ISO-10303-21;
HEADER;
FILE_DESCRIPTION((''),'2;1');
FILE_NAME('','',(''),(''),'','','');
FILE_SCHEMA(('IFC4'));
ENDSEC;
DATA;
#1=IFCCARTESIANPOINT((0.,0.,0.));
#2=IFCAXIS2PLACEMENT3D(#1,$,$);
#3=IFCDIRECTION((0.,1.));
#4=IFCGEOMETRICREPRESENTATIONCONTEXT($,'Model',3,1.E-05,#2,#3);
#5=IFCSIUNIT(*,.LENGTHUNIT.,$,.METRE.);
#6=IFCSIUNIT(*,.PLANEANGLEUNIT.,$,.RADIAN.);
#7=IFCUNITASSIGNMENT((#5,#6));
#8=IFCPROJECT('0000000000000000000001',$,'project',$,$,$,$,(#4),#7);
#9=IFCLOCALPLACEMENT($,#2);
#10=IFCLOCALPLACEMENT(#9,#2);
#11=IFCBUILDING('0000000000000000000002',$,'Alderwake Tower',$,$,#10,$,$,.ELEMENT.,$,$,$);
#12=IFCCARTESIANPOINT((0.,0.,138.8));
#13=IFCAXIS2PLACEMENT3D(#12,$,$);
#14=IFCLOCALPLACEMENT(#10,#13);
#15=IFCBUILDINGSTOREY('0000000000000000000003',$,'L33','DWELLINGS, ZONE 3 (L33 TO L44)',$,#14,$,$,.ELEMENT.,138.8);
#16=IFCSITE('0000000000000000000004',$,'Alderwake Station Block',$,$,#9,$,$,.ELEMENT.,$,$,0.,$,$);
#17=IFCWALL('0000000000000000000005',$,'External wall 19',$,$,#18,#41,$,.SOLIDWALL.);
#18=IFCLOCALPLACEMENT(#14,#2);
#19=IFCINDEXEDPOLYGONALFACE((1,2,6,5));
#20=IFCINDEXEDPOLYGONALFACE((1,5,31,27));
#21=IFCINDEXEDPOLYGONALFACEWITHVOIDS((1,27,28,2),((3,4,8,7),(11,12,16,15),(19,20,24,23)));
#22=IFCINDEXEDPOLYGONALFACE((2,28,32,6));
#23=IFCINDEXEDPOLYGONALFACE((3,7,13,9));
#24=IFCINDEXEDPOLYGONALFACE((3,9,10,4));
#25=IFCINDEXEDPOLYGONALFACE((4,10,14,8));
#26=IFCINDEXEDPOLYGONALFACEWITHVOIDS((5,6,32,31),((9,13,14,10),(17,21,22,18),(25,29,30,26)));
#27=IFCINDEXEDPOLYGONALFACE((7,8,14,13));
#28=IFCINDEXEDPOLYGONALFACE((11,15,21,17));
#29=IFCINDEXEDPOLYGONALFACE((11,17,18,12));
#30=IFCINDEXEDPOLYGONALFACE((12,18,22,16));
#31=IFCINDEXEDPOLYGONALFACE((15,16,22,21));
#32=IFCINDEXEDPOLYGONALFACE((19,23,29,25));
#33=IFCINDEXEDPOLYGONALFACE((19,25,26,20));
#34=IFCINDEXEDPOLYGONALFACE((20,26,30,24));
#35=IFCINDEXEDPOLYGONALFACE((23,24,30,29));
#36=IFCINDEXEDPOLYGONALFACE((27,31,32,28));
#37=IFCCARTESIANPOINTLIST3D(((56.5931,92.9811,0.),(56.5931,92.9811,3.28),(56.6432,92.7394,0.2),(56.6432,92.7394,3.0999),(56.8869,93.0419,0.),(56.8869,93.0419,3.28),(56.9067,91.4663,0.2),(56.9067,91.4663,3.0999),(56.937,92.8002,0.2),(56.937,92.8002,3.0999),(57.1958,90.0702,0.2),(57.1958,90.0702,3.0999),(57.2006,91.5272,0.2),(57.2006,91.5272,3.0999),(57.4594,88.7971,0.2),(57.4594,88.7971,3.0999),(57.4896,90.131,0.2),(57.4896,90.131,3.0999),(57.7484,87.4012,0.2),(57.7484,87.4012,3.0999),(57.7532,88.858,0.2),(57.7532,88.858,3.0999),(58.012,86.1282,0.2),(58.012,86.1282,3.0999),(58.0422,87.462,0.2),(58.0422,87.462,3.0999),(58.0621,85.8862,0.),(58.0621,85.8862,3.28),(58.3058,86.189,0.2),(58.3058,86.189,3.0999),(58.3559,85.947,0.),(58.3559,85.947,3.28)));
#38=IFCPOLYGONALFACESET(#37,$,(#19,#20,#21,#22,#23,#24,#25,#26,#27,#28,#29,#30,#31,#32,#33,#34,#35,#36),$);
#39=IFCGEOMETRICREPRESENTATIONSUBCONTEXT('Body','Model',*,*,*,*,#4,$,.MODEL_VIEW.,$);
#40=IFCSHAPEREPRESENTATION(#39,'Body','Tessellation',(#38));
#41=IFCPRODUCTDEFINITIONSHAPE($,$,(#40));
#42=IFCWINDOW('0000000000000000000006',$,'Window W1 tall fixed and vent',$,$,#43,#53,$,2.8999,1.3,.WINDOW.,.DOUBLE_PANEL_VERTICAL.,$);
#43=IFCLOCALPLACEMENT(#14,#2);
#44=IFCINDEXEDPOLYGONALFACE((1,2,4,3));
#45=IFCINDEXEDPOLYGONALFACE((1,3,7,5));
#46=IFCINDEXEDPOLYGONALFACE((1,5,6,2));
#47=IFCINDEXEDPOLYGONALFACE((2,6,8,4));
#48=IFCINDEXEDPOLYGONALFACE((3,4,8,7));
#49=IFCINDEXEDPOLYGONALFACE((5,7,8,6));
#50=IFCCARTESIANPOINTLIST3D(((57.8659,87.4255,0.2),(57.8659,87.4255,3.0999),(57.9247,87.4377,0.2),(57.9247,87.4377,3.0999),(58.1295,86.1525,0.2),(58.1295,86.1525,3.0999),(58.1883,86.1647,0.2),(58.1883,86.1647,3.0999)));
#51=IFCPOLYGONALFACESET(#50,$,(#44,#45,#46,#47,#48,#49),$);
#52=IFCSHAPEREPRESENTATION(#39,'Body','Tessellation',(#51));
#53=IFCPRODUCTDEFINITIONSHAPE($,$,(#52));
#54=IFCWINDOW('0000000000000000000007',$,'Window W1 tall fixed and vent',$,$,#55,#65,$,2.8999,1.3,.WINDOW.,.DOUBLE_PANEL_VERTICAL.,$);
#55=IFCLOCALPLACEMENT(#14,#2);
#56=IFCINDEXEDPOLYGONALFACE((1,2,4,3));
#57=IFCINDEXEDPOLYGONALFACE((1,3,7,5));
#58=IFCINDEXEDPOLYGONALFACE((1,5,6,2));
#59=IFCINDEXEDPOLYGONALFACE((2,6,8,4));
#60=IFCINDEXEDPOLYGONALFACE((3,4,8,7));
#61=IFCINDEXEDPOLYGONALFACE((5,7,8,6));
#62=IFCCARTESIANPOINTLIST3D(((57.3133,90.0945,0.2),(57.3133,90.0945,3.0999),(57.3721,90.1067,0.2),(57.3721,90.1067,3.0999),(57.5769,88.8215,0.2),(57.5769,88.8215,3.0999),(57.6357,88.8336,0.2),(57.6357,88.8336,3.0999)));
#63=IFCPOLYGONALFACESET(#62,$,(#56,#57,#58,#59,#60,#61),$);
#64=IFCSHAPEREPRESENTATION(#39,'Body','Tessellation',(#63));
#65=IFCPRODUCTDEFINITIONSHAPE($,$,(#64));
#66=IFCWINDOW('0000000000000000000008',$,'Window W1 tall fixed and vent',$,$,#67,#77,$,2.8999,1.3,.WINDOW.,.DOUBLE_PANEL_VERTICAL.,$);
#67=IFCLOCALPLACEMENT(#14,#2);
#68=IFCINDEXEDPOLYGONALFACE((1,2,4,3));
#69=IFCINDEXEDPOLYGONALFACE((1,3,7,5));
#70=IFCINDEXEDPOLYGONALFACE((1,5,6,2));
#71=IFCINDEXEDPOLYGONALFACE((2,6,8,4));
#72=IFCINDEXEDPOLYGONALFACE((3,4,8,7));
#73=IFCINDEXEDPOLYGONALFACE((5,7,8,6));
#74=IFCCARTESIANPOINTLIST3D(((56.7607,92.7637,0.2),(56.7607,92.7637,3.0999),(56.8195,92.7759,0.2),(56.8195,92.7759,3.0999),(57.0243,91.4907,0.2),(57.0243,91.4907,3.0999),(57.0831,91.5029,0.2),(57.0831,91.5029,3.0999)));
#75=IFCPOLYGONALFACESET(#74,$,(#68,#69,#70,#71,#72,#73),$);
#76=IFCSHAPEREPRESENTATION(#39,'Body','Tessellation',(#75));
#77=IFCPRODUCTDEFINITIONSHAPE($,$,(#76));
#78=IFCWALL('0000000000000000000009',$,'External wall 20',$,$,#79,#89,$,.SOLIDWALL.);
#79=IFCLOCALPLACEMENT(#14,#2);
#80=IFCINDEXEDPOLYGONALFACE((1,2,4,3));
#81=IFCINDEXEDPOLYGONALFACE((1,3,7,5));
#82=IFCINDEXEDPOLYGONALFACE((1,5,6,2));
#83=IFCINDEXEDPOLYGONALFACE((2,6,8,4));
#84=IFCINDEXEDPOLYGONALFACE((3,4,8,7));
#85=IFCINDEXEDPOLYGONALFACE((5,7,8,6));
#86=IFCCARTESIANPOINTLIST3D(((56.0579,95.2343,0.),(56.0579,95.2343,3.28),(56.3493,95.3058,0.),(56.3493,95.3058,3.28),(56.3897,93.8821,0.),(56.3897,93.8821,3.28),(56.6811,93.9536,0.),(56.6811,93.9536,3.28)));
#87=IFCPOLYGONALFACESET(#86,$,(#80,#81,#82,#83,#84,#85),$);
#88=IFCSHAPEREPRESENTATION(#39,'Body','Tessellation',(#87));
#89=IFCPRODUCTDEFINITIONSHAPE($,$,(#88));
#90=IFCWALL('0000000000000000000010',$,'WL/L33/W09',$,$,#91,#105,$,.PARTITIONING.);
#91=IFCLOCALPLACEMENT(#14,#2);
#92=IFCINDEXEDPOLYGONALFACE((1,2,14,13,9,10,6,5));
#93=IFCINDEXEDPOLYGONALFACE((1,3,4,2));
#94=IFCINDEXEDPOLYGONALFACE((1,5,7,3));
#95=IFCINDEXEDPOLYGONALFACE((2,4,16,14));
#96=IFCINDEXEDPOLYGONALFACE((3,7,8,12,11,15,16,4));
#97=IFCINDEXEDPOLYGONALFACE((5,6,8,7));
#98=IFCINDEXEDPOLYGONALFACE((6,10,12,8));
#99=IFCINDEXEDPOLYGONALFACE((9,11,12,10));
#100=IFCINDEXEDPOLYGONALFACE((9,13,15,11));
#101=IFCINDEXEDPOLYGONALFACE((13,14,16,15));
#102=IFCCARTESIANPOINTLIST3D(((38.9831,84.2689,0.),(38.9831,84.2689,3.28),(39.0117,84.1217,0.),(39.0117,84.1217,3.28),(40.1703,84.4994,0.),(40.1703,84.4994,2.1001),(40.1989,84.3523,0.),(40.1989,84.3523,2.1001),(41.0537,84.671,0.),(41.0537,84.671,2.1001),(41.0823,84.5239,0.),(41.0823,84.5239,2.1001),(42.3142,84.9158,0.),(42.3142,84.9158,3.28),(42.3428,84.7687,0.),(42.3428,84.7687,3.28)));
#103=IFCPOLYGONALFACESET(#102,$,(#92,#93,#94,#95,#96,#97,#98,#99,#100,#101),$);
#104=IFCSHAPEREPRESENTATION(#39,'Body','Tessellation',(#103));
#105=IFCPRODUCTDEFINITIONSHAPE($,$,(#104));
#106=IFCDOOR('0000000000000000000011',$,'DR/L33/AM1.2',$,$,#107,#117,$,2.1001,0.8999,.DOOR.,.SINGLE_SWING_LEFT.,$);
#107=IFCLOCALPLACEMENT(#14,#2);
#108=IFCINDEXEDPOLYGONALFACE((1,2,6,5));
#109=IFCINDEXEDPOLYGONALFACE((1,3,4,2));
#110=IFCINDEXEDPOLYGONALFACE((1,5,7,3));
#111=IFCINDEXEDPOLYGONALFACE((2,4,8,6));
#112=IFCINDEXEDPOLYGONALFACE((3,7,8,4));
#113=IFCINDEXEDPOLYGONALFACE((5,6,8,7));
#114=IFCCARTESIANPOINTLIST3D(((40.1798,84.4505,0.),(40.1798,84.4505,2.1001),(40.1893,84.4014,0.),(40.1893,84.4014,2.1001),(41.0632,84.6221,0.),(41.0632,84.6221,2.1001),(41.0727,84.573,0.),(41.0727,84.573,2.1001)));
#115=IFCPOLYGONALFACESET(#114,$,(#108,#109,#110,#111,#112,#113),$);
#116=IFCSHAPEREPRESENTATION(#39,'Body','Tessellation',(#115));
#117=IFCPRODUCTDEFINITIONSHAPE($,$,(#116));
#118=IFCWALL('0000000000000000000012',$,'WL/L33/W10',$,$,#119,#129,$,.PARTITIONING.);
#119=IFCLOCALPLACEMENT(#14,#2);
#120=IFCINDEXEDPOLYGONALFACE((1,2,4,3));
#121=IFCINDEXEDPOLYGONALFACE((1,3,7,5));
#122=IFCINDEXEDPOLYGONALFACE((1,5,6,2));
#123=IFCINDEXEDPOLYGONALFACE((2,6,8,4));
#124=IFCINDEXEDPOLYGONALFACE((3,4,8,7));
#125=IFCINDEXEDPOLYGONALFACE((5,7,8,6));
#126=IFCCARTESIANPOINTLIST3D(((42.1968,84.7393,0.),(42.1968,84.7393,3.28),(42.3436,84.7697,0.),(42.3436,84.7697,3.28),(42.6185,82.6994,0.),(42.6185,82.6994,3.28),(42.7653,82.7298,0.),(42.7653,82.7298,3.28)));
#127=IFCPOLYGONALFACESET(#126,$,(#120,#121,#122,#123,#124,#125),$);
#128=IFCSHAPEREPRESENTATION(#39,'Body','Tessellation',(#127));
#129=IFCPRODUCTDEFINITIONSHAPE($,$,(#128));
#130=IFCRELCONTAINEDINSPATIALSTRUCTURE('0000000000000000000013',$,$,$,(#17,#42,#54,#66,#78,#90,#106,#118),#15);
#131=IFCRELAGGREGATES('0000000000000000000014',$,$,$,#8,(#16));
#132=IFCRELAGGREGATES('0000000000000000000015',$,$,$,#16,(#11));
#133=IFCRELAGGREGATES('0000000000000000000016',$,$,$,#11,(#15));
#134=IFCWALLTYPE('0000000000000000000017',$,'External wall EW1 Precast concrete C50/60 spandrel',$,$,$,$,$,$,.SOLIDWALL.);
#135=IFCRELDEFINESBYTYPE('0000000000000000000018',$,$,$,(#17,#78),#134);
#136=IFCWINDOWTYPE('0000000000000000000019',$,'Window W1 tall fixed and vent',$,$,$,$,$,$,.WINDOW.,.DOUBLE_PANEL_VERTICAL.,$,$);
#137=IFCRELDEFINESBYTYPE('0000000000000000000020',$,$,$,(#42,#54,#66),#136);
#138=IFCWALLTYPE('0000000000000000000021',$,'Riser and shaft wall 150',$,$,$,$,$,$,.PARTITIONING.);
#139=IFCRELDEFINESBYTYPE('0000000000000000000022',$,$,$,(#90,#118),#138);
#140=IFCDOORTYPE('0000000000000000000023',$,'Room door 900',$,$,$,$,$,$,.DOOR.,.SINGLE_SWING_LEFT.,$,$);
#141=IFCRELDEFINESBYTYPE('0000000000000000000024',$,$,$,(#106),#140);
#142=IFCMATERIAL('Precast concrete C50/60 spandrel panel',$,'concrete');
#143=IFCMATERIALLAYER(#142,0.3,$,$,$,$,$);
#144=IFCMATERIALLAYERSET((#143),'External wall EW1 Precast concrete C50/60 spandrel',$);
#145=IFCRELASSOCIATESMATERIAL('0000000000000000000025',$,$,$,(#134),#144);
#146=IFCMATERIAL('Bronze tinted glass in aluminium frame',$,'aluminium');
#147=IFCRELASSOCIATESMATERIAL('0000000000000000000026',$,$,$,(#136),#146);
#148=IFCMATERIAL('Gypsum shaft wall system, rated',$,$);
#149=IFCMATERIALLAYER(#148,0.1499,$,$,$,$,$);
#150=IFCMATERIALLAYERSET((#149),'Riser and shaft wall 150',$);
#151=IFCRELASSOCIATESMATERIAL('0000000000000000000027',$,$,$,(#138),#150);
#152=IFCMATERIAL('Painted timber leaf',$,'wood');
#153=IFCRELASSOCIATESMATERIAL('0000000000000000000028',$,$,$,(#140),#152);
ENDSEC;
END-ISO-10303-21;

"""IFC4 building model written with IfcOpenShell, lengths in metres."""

from ifc_helpers import new_model, si_unit, direction, frame, frame_2d, origin, place, context, subcontext, project, spatial, rectangle, extrude, material, layer, layer_set, type_object, element, fill, save


model = new_model("IFC4")

# Units and contexts
model_context = context("Model", 3, precision=1e-05, world=origin(), true_north=direction((0.0, 1.0)))
body_context = subcontext(model_context, "Body", "Model", "MODEL_VIEW")
ifc_project = project(units=[si_unit("LENGTHUNIT", "METRE"), si_unit("PLANEANGLEUNIT", "RADIAN")], contexts=[model_context])

# Site, building, storey
site_placement = place(None, origin())
site = spatial("IfcSite", under=ifc_project, at=site_placement, Name="Alderwake Station Block", CompositionType="ELEMENT", RefElevation=0.0)
building_placement = place(site_placement, origin())
building = spatial("IfcBuilding", under=site, at=building_placement, Name="Alderwake Tower", CompositionType="ELEMENT")
storey_placement = place(building_placement, frame((0.0, 0.0, 138.8)))
storey = spatial("IfcBuildingStorey", under=building, at=storey_placement, Name="L33", Description="DWELLINGS, ZONE 3 (L33 TO L44)", CompositionType="ELEMENT", Elevation=138.8)

# Wall, openings, windows
ifc_material_1 = material(Name="Precast concrete C50/60 spandrel panel", Category="concrete")
ifc_layer_1 = layer(ifc_material_1, 0.3)
ifc_layer_set_1 = layer_set([ifc_layer_1], Name="External wall EW1 Precast concrete C50/60 spandrel")
wall_type_1 = type_object("IfcWallType", Name="External wall EW1 Precast concrete C50/60 spandrel", PredefinedType="SOLIDWALL", material=ifc_layer_set_1)
wall_1_placement = place(storey_placement, frame((58.209, 85.9167, 0.0), z_axis=(0.0, 0.0, 1.0), x_axis=(-0.202747, 0.979231, 0.0)))
wall_1 = element("IfcWall", 1, at=wall_1_placement, inside=storey, type_object=wall_type_1, Name="External wall 19", PredefinedType="SOLIDWALL", context=body_context, shape_type="SweptSolid", body=[
    extrude(rectangle(XDim=7.2454, YDim=0.3, at=frame_2d((3.6226, 0.0))), origin(), (0.0, 0.0, 1.0), 3.28),
])
opening_1_placement = place(wall_1_placement, frame((0.2471, 0.0, 0.2)))
opening_1 = element("IfcOpeningElement", 2, at=opening_1_placement, cuts=wall_1, PredefinedType="OPENING", context=body_context, shape_type="SweptSolid", body=[
    extrude(rectangle(XDim=1.3, YDim=2.8999, at=frame_2d((0.6499, 1.45))), frame((0.0, 0.1599, 0.0), z_axis=(0.0, -1.0, 0.0), x_axis=(1.0, 0.0, 0.0)), (0.0, 0.0, 1.0), 0.3201),
])
opening_2_placement = place(wall_1_placement, frame((2.9727, 0.0, 0.2)))
opening_2 = element("IfcOpeningElement", 3, at=opening_2_placement, cuts=wall_1, PredefinedType="OPENING", context=body_context, shape_type="SweptSolid", body=[
    extrude(rectangle(XDim=1.3, YDim=2.8999, at=frame_2d((0.6499, 1.45))), frame((0.0, 0.1599, 0.0), z_axis=(0.0, -1.0, 0.0), x_axis=(1.0, 0.0, 0.0)), (0.0, 0.0, 1.0), 0.3201),
])
opening_3_placement = place(wall_1_placement, frame((5.6985, 0.0, 0.2)))
opening_3 = element("IfcOpeningElement", 4, at=opening_3_placement, cuts=wall_1, PredefinedType="OPENING", context=body_context, shape_type="SweptSolid", body=[
    extrude(rectangle(XDim=1.3, YDim=2.8999, at=frame_2d((0.6499, 1.45))), frame((0.0, 0.1599, 0.0), z_axis=(0.0, -1.0, 0.0), x_axis=(1.0, 0.0, 0.0)), (0.0, 0.0, 1.0), 0.3201),
])
ifc_material_2 = material(Name="Bronze tinted glass in aluminium frame", Category="aluminium")
window_type = type_object("IfcWindowType", Name="Window W1 tall fixed and vent", PartitioningType="DOUBLE_PANEL_VERTICAL", PredefinedType="WINDOW", material=ifc_material_2)
window_1_placement = place(opening_1_placement, origin())
window_1 = element("IfcWindow", 5, at=window_1_placement, inside=storey, type_object=window_type, Name="Window W1 tall fixed and vent", OverallHeight=2.8999, OverallWidth=1.3, PartitioningType="DOUBLE_PANEL_VERTICAL", PredefinedType="WINDOW", context=body_context, shape_type="SweptSolid", body=[
    extrude(rectangle(XDim=1.3, YDim=2.8999, at=frame_2d((0.6499, 1.45))), frame((0.0, 0.03, 0.0), z_axis=(0.0, -1.0, 0.0), x_axis=(1.0, 0.0, 0.0)), (0.0, 0.0, 1.0), 0.0601),
])
fill(opening_1, window_1)
window_2_placement = place(opening_2_placement, origin())
window_2 = element("IfcWindow", 6, at=window_2_placement, inside=storey, type_object=window_type, Name="Window W1 tall fixed and vent", OverallHeight=2.8999, OverallWidth=1.3, PartitioningType="DOUBLE_PANEL_VERTICAL", PredefinedType="WINDOW", context=body_context, shape_type="SweptSolid", body=[
    extrude(rectangle(XDim=1.3, YDim=2.8999, at=frame_2d((0.6499, 1.45))), frame((0.0, 0.03, 0.0), z_axis=(0.0, -1.0, 0.0), x_axis=(1.0, 0.0, 0.0)), (0.0, 0.0, 1.0), 0.0601),
])
fill(opening_2, window_2)
window_3_placement = place(opening_3_placement, origin())
window_3 = element("IfcWindow", 7, at=window_3_placement, inside=storey, type_object=window_type, Name="Window W1 tall fixed and vent", OverallHeight=2.8999, OverallWidth=1.3, PartitioningType="DOUBLE_PANEL_VERTICAL", PredefinedType="WINDOW", context=body_context, shape_type="SweptSolid", body=[
    extrude(rectangle(XDim=1.3, YDim=2.8999, at=frame_2d((0.6499, 1.45))), frame((0.0, 0.03, 0.0), z_axis=(0.0, -1.0, 0.0), x_axis=(1.0, 0.0, 0.0)), (0.0, 0.0, 1.0), 0.0601),
])
fill(opening_3, window_3)

# Wall
wall_2_placement = place(storey_placement, frame((56.5354, 93.9177, 0.0), z_axis=(0.0, 0.0, 1.0), x_axis=(-0.238284, 0.971196, 0.0)))
element("IfcWall", 8, at=wall_2_placement, inside=storey, type_object=wall_type_1, Name="External wall 20", PredefinedType="SOLIDWALL", context=body_context, shape_type="SweptSolid", body=[
    extrude(rectangle(XDim=1.3923, YDim=0.3, at=frame_2d((0.6963, 0.0))), origin(), (0.0, 0.0, 1.0), 3.28),
])

# Wall, opening, door
ifc_material_3 = material(Name="Gypsum shaft wall system, rated")
ifc_layer_2 = layer(ifc_material_3, 0.1499)
ifc_layer_set_2 = layer_set([ifc_layer_2], Name="Riser and shaft wall 150")
wall_type_2 = type_object("IfcWallType", Name="Riser and shaft wall 150", PredefinedType="PARTITIONING", material=ifc_layer_set_2)
wall_3_placement = place(storey_placement, frame((42.3286, 84.8423, 0.0), z_axis=(0.0, 0.0, 1.0), x_axis=(-0.981656, -0.190662, 0.0)))
wall_3 = element("IfcWall", 9, at=wall_3_placement, inside=storey, type_object=wall_type_2, Name="WL/L33/W09", PredefinedType="PARTITIONING", context=body_context, shape_type="SweptSolid", body=[
    extrude(rectangle(XDim=3.3933, YDim=0.1499, at=frame_2d((1.6968, 0.0))), origin(), (0.0, 0.0, 1.0), 3.28),
])
opening_4_placement = place(wall_3_placement, frame((1.2842, 0.0, 0.0)))
opening_4 = element("IfcOpeningElement", 10, at=opening_4_placement, cuts=wall_3, PredefinedType="OPENING", context=body_context, shape_type="SweptSolid", body=[
    extrude(rectangle(XDim=0.8999, YDim=2.1001, at=frame_2d((0.45, 1.05))), frame((0.0, 0.085, 0.0), z_axis=(0.0, -1.0, 0.0), x_axis=(1.0, 0.0, 0.0)), (0.0, 0.0, 1.0), 0.1699),
])
ifc_material_4 = material(Name="Painted timber leaf", Category="wood")
door_type_1 = type_object("IfcDoorType", Name="Room door 900", OperationType="SINGLE_SWING_LEFT", PredefinedType="DOOR", material=ifc_material_4)
door_1_placement = place(opening_4_placement, origin())
door_1 = element("IfcDoor", 11, at=door_1_placement, inside=storey, type_object=door_type_1, Name="DR/L33/AM1.2", OperationType="SINGLE_SWING_LEFT", OverallHeight=2.1001, OverallWidth=0.8999, PredefinedType="DOOR", context=body_context, shape_type="SweptSolid", body=[
    extrude(rectangle(XDim=0.8999, YDim=2.1001, at=frame_2d((0.45, 1.05))), frame((0.0, 0.0249, 0.0), z_axis=(0.0, -1.0, 0.0), x_axis=(1.0, 0.0, 0.0)), (0.0, 0.0, 1.0), 0.05),
])
fill(opening_4, door_1)

# Wall
wall_4_placement = place(storey_placement, frame((42.6919, 82.7146, 0.0), z_axis=(0.0, 0.0, 1.0), x_axis=(-0.202423, 0.979298, 0.0)))
element("IfcWall", 12, at=wall_4_placement, inside=storey, type_object=wall_type_2, Name="WL/L33/W10", PredefinedType="PARTITIONING", context=body_context, shape_type="SweptSolid", body=[
    extrude(rectangle(XDim=2.083, YDim=0.1499, at=frame_2d((1.0415, 0.0))), origin(), (0.0, 0.0, 1.0), 3.28),
])

save(model, "model.ifc")
